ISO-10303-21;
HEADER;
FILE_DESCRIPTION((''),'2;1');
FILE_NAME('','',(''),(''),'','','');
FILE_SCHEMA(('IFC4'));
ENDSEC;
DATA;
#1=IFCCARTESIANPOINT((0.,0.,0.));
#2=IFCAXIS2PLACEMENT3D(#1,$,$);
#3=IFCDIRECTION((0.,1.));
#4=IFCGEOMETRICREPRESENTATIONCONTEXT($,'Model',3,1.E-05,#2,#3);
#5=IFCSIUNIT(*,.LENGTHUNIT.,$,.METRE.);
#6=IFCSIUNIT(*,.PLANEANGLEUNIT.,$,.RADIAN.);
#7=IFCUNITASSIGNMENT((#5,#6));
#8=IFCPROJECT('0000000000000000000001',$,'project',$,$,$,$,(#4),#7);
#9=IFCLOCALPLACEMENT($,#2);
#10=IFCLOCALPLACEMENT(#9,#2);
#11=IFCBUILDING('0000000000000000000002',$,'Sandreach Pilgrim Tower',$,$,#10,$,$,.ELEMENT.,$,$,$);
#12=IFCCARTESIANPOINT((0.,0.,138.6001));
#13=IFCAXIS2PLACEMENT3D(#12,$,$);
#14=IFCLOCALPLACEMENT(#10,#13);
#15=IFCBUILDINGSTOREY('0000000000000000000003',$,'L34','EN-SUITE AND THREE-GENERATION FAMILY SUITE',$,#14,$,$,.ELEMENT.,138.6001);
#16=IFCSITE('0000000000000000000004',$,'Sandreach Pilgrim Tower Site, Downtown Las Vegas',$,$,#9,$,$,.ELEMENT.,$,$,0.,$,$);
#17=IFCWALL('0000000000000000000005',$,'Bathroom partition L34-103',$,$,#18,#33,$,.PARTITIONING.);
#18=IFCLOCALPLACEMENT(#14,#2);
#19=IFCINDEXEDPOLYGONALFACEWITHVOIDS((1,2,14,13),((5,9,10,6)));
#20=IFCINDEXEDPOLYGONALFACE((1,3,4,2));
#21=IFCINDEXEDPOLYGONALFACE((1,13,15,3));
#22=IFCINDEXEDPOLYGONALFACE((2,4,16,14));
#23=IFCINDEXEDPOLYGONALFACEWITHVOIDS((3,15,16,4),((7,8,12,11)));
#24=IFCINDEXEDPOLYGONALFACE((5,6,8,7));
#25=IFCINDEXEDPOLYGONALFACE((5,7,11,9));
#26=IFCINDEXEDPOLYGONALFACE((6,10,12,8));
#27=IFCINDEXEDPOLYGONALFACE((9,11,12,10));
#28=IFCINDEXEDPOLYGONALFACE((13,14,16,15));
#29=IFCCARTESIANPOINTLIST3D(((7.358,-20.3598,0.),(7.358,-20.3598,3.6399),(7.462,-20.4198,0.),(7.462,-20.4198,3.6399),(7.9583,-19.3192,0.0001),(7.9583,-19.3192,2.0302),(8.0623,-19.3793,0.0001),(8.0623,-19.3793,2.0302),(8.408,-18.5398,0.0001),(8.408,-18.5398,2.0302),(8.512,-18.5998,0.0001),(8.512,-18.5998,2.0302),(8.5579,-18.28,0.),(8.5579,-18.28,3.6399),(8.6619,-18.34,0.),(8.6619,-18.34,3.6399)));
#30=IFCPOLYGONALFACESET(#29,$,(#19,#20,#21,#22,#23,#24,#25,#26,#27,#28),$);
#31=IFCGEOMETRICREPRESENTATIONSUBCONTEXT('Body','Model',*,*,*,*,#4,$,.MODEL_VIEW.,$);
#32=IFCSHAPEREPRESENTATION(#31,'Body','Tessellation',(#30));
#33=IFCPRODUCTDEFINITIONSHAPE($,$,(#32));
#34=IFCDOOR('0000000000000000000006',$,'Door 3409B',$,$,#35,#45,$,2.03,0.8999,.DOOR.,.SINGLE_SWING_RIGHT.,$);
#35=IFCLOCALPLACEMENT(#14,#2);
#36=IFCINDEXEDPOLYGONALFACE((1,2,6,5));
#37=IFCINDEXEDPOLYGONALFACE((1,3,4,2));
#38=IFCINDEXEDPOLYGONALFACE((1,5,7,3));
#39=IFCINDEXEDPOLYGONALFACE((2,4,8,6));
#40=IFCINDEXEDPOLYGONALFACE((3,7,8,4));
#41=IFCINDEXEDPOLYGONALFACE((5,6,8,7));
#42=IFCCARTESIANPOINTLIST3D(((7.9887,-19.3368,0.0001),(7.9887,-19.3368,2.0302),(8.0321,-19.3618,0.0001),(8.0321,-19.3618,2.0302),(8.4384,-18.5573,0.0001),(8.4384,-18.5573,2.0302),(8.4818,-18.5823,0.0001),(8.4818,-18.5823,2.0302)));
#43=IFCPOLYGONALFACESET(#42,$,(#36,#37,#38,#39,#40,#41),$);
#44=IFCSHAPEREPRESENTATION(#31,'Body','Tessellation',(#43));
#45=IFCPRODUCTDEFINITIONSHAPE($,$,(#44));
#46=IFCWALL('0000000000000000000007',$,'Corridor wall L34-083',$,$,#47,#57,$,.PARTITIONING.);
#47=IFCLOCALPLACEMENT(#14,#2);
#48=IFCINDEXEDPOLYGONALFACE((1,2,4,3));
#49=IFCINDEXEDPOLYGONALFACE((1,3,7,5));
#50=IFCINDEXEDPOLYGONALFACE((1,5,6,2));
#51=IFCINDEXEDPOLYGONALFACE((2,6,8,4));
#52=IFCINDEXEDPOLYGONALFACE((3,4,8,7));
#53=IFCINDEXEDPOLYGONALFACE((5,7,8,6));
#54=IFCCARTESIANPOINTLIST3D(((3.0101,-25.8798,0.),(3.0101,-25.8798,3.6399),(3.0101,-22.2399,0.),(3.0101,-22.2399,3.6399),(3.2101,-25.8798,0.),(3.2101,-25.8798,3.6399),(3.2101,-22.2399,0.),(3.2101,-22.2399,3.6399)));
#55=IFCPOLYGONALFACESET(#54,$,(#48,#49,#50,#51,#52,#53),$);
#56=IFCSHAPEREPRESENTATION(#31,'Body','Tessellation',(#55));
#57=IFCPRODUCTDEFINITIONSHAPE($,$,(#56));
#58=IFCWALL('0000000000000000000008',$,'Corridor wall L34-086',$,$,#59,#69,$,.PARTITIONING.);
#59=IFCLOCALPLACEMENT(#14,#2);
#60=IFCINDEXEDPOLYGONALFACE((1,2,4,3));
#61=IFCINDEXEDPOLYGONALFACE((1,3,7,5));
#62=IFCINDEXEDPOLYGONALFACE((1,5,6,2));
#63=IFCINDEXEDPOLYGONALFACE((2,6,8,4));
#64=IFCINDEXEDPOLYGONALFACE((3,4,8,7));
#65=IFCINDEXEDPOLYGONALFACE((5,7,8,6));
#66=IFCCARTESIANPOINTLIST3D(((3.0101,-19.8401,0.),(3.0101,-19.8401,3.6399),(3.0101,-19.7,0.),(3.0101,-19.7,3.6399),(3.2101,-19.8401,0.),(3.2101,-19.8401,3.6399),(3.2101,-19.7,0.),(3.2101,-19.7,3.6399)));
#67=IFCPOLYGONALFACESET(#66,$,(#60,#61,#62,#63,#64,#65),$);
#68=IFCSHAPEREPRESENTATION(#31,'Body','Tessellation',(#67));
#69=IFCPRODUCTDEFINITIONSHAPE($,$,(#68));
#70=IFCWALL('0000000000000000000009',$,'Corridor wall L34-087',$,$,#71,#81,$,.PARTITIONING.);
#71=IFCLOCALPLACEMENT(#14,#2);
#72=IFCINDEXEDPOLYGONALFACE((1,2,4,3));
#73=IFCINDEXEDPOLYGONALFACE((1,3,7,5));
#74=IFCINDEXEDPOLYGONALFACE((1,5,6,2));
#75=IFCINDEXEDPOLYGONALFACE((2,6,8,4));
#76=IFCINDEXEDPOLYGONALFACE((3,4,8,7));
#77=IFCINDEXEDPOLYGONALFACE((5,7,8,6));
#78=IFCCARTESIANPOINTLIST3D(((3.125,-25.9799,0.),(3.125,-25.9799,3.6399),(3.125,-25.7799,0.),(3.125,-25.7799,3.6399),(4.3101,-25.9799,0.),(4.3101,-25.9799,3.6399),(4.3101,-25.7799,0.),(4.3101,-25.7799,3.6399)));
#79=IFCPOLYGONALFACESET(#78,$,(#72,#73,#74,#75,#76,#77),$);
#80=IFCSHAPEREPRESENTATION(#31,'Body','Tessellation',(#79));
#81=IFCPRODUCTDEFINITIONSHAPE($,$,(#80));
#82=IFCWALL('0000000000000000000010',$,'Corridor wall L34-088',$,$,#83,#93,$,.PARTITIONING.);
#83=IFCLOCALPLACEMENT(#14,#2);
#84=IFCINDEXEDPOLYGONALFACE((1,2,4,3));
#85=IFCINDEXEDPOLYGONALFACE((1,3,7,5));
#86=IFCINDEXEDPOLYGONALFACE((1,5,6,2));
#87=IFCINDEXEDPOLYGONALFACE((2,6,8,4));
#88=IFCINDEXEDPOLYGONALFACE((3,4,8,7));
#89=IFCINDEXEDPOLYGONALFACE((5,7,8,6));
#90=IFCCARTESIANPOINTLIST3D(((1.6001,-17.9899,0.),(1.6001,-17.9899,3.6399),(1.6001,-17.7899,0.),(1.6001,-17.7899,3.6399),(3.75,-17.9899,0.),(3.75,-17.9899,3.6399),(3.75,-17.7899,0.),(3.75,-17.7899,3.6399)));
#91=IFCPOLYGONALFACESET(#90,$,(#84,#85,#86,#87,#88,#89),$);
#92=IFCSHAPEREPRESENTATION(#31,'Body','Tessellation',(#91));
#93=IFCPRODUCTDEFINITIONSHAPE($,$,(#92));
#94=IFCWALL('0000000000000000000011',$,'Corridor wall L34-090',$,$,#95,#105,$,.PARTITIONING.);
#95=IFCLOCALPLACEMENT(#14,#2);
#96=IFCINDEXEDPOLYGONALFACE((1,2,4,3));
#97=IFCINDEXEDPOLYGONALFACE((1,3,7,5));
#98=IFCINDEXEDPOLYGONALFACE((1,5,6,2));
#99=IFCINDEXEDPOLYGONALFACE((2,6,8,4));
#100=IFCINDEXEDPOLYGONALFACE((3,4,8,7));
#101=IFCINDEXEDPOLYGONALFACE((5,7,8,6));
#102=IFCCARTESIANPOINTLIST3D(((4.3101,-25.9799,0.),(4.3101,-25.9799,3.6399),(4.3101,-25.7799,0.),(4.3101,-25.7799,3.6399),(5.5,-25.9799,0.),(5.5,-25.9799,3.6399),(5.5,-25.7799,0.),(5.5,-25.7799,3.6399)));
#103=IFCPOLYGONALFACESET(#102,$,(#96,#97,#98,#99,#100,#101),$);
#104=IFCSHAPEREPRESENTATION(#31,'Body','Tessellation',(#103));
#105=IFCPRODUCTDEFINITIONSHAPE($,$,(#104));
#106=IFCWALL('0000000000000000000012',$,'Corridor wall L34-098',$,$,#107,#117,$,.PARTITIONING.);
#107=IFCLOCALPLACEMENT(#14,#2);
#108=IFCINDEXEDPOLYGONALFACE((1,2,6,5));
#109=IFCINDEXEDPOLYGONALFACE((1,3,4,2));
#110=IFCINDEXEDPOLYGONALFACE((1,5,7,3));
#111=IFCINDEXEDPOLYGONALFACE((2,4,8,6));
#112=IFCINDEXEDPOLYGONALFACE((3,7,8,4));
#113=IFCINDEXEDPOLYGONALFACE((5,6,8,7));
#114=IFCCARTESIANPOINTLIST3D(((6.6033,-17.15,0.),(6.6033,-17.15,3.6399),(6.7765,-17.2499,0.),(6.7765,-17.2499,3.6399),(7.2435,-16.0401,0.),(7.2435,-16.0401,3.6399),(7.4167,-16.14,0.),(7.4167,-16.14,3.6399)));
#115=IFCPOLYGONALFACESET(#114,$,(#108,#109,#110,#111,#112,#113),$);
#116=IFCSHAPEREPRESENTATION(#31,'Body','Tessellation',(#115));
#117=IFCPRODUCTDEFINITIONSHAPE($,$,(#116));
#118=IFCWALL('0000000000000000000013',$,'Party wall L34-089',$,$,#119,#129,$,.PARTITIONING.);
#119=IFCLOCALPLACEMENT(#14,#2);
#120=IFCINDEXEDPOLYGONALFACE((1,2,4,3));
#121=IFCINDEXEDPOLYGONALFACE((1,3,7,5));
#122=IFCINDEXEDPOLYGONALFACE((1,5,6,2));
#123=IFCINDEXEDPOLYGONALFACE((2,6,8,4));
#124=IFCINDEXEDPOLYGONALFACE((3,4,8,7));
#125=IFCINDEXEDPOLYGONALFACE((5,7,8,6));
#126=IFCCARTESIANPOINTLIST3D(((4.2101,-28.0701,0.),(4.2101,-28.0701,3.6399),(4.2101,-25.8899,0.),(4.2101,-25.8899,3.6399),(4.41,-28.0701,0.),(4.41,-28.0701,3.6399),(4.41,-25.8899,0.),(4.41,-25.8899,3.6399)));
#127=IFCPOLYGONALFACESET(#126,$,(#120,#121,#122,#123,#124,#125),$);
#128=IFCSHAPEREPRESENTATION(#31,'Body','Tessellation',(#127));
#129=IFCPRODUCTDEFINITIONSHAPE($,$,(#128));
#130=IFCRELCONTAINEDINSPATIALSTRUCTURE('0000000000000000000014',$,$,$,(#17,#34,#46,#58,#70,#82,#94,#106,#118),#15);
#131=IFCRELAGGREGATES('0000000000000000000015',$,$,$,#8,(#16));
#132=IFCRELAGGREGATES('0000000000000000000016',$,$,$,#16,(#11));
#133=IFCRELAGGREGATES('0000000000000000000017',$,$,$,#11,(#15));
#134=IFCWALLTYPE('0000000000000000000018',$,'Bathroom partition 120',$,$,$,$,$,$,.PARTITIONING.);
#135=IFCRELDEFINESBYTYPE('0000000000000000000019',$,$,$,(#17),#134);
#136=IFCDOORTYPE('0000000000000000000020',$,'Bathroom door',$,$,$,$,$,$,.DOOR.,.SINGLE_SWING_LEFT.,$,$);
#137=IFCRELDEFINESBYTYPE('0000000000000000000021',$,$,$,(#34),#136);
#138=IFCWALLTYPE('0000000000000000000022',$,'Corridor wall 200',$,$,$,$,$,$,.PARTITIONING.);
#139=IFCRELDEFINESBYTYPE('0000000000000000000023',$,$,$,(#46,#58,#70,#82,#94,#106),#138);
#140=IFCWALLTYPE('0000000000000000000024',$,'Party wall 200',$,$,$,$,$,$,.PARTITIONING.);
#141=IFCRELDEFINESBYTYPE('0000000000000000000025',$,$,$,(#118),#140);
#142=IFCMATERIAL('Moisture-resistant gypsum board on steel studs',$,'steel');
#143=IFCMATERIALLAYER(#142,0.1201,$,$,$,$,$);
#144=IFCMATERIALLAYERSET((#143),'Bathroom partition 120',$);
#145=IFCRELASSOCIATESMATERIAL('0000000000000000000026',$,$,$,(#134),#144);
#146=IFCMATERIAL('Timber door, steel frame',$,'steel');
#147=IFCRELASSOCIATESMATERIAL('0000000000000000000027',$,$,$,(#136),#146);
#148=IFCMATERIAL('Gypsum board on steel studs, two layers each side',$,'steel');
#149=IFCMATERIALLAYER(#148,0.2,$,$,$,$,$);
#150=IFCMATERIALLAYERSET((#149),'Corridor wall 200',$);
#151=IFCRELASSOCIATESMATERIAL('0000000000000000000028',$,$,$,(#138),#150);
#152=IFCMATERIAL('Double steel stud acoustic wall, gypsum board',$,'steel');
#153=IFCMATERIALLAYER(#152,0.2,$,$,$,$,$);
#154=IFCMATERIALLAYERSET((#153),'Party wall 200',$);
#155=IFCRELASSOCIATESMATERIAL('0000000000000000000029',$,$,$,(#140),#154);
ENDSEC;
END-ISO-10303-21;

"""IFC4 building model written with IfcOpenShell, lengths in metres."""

from ifc_helpers import new_model, si_unit, direction, frame, frame_2d, origin, place, context, subcontext, project, spatial, rectangle, extrude, material, layer, layer_set, type_object, element, fill, save


model = new_model("IFC4")

# Units and contexts
model_context = context("Model", 3, precision=1e-05, world=origin(), true_north=direction((0.0, 1.0)))
body_context = subcontext(model_context, "Body", "Model", "MODEL_VIEW")
ifc_project = project(units=[si_unit("LENGTHUNIT", "METRE"), si_unit("PLANEANGLEUNIT", "RADIAN")], contexts=[model_context])

# Site, building, storey
site_placement = place(None, origin())
site = spatial("IfcSite", under=ifc_project, at=site_placement, Name="Sandreach Pilgrim Tower Site, Downtown Las Vegas", CompositionType="ELEMENT", RefElevation=0.0)
building_placement = place(site_placement, origin())
building = spatial("IfcBuilding", under=site, at=building_placement, Name="Sandreach Pilgrim Tower", CompositionType="ELEMENT")
storey_placement = place(building_placement, frame((0.0, 0.0, 138.6001)))
storey = spatial("IfcBuildingStorey", under=building, at=storey_placement, Name="L34", Description="EN-SUITE AND THREE-GENERATION FAMILY SUITE", CompositionType="ELEMENT", Elevation=138.6001)

# Shared definitions
ifc_material_1 = material(Name="Moisture-resistant gypsum board on steel studs", Category="steel")
ifc_layer_1 = layer(ifc_material_1, 0.1201)
ifc_layer_set_1 = layer_set([ifc_layer_1], Name="Bathroom partition 120")
wall_type_1 = type_object("IfcWallType", Name="Bathroom partition 120", PredefinedType="PARTITIONING", material=ifc_layer_set_1)
ifc_material_2 = material(Name="Timber door, steel frame", Category="steel")
door_type_1 = type_object("IfcDoorType", Name="Bathroom door", OperationType="SINGLE_SWING_LEFT", PredefinedType="DOOR", material=ifc_material_2)

# Wall, opening, door
wall_1_placement = place(storey_placement, frame((7.4099, -20.3899, 0.0), z_axis=(0.0, 0.0, 1.0), x_axis=(0.499737, 0.866177, 0.0)))
wall_1 = element("IfcWall", 1, at=wall_1_placement, inside=storey, type_object=wall_type_1, Name="Bathroom partition L34-103", PredefinedType="PARTITIONING", context=body_context, shape_type="SweptSolid", body=[
    extrude(rectangle(XDim=2.4011, YDim=0.1201, at=frame_2d((1.2007, 0.0))), origin(), (0.0, 0.0, 1.0), 3.6399),
])
opening_1_placement = place(wall_1_placement, frame((1.2014, 0.0, 0.0)))
opening_1 = element("IfcOpeningElement", 2, at=opening_1_placement, cuts=wall_1, PredefinedType="OPENING", context=body_context, shape_type="SweptSolid", body=[
    extrude(rectangle(XDim=0.8999, YDim=2.03, at=frame_2d((0.45, 1.0151))), frame((0.0, 0.0601, 0.0), z_axis=(0.0, -1.0, 0.0), x_axis=(1.0, 0.0, 0.0)), (0.0, 0.0, 1.0), 0.1201),
])
door_1_placement = place(opening_1_placement, origin())
door_1 = element("IfcDoor", 3, at=door_1_placement, inside=storey, type_object=door_type_1, Name="Door 3409B", OperationType="SINGLE_SWING_RIGHT", OverallHeight=2.03, OverallWidth=0.8999, PredefinedType="DOOR", context=body_context, shape_type="SweptSolid", body=[
    extrude(rectangle(XDim=0.8999, YDim=2.03, at=frame_2d((0.45, 1.0151))), frame((0.0, 0.0249, 0.0), z_axis=(0.0, -1.0, 0.0), x_axis=(1.0, 0.0, 0.0)), (0.0, 0.0, 1.0), 0.05),
])
fill(opening_1, door_1)
ifc_material_3 = material(Name="Gypsum board on steel studs, two layers each side", Category="steel")
ifc_layer_2 = layer(ifc_material_3, 0.2)
ifc_layer_set_2 = layer_set([ifc_layer_2], Name="Corridor wall 200")
wall_type_2 = type_object("IfcWallType", Name="Corridor wall 200", PredefinedType="PARTITIONING", material=ifc_layer_set_2)

# Walls
wall_2_placement = place(storey_placement, frame((3.1101, -22.24, 0.0), z_axis=(0.0, 0.0, 1.0), x_axis=(0.0, -1.0, 0.0)))
element("IfcWall", 4, at=wall_2_placement, inside=storey, type_object=wall_type_2, Name="Corridor wall L34-083", PredefinedType="PARTITIONING", context=body_context, shape_type="SweptSolid", body=[
    extrude(rectangle(XDim=3.6399, YDim=0.2, at=frame_2d((1.8198, 0.0))), origin(), (0.0, 0.0, 1.0), 3.6399),
])
wall_3_placement = place(storey_placement, frame((3.1101, -19.7, 0.0), z_axis=(0.0, 0.0, 1.0), x_axis=(0.0, -1.0, 0.0)))
element("IfcWall", 5, at=wall_3_placement, inside=storey, type_object=wall_type_2, Name="Corridor wall L34-086", PredefinedType="PARTITIONING", context=body_context, shape_type="SweptSolid", body=[
    extrude(rectangle(XDim=0.1401, YDim=0.2, at=frame_2d((0.0701, 0.0))), origin(), (0.0, 0.0, 1.0), 3.6399),
])
wall_4_placement = place(storey_placement, frame((3.125, -25.8799, 0.0), z_axis=(0.0, 0.0, 1.0), x_axis=(1.0, 0.0, 0.0)))
element("IfcWall", 6, at=wall_4_placement, inside=storey, type_object=wall_type_2, Name="Corridor wall L34-087", PredefinedType="PARTITIONING", context=body_context, shape_type="SweptSolid", body=[
    extrude(rectangle(XDim=1.1851, YDim=0.2, at=frame_2d((0.5925, 0.0))), origin(), (0.0, 0.0, 1.0), 3.6399),
])
wall_5_placement = place(storey_placement, frame((3.75, -17.8899, 0.0), z_axis=(0.0, 0.0, 1.0), x_axis=(-1.0, 0.0, 0.0)))
element("IfcWall", 7, at=wall_5_placement, inside=storey, type_object=wall_type_2, Name="Corridor wall L34-088", PredefinedType="PARTITIONING", context=body_context, shape_type="SweptSolid", body=[
    extrude(rectangle(XDim=2.1499, YDim=0.2, at=frame_2d((1.075, 0.0))), origin(), (0.0, 0.0, 1.0), 3.6399),
])
wall_6_placement = place(storey_placement, frame((4.3101, -25.8799, 0.0), z_axis=(0.0, 0.0, 1.0), x_axis=(1.0, 0.0, 0.0)))
element("IfcWall", 8, at=wall_6_placement, inside=storey, type_object=wall_type_2, Name="Corridor wall L34-090", PredefinedType="PARTITIONING", context=body_context, shape_type="SweptSolid", body=[
    extrude(rectangle(XDim=1.1899, YDim=0.2, at=frame_2d((0.595, 0.0))), origin(), (0.0, 0.0, 1.0), 3.6399),
])

# Walls
wall_7_placement = place(storey_placement, frame((6.6899, -17.2, 0.0), z_axis=(0.0, 0.0, 1.0), x_axis=(0.499623, 0.866243, 0.0)))
element("IfcWall", 9, at=wall_7_placement, inside=storey, type_object=wall_type_2, Name="Corridor wall L34-098", PredefinedType="PARTITIONING", context=body_context, shape_type="SweptSolid", body=[
    extrude(rectangle(XDim=1.2812, YDim=0.2, at=frame_2d((0.6406, 0.0))), origin(), (0.0, 0.0, 1.0), 3.6399),
])
ifc_material_4 = material(Name="Double steel stud acoustic wall, gypsum board", Category="steel")
ifc_layer_3 = layer(ifc_material_4, 0.2)
ifc_layer_set_3 = layer_set([ifc_layer_3], Name="Party wall 200")
wall_type_3 = type_object("IfcWallType", Name="Party wall 200", PredefinedType="PARTITIONING", material=ifc_layer_set_3)
wall_8_placement = place(storey_placement, frame((4.3101, -28.0701, 0.0), z_axis=(0.0, 0.0, 1.0), x_axis=(0.0, 1.0, 0.0)))
element("IfcWall", 10, at=wall_8_placement, inside=storey, type_object=wall_type_3, Name="Party wall L34-089", PredefinedType="PARTITIONING", context=body_context, shape_type="SweptSolid", body=[
    extrude(rectangle(XDim=2.1802, YDim=0.2, at=frame_2d((1.0901, 0.0))), origin(), (0.0, 0.0, 1.0), 3.6399),
])

save(model, "model.ifc")
